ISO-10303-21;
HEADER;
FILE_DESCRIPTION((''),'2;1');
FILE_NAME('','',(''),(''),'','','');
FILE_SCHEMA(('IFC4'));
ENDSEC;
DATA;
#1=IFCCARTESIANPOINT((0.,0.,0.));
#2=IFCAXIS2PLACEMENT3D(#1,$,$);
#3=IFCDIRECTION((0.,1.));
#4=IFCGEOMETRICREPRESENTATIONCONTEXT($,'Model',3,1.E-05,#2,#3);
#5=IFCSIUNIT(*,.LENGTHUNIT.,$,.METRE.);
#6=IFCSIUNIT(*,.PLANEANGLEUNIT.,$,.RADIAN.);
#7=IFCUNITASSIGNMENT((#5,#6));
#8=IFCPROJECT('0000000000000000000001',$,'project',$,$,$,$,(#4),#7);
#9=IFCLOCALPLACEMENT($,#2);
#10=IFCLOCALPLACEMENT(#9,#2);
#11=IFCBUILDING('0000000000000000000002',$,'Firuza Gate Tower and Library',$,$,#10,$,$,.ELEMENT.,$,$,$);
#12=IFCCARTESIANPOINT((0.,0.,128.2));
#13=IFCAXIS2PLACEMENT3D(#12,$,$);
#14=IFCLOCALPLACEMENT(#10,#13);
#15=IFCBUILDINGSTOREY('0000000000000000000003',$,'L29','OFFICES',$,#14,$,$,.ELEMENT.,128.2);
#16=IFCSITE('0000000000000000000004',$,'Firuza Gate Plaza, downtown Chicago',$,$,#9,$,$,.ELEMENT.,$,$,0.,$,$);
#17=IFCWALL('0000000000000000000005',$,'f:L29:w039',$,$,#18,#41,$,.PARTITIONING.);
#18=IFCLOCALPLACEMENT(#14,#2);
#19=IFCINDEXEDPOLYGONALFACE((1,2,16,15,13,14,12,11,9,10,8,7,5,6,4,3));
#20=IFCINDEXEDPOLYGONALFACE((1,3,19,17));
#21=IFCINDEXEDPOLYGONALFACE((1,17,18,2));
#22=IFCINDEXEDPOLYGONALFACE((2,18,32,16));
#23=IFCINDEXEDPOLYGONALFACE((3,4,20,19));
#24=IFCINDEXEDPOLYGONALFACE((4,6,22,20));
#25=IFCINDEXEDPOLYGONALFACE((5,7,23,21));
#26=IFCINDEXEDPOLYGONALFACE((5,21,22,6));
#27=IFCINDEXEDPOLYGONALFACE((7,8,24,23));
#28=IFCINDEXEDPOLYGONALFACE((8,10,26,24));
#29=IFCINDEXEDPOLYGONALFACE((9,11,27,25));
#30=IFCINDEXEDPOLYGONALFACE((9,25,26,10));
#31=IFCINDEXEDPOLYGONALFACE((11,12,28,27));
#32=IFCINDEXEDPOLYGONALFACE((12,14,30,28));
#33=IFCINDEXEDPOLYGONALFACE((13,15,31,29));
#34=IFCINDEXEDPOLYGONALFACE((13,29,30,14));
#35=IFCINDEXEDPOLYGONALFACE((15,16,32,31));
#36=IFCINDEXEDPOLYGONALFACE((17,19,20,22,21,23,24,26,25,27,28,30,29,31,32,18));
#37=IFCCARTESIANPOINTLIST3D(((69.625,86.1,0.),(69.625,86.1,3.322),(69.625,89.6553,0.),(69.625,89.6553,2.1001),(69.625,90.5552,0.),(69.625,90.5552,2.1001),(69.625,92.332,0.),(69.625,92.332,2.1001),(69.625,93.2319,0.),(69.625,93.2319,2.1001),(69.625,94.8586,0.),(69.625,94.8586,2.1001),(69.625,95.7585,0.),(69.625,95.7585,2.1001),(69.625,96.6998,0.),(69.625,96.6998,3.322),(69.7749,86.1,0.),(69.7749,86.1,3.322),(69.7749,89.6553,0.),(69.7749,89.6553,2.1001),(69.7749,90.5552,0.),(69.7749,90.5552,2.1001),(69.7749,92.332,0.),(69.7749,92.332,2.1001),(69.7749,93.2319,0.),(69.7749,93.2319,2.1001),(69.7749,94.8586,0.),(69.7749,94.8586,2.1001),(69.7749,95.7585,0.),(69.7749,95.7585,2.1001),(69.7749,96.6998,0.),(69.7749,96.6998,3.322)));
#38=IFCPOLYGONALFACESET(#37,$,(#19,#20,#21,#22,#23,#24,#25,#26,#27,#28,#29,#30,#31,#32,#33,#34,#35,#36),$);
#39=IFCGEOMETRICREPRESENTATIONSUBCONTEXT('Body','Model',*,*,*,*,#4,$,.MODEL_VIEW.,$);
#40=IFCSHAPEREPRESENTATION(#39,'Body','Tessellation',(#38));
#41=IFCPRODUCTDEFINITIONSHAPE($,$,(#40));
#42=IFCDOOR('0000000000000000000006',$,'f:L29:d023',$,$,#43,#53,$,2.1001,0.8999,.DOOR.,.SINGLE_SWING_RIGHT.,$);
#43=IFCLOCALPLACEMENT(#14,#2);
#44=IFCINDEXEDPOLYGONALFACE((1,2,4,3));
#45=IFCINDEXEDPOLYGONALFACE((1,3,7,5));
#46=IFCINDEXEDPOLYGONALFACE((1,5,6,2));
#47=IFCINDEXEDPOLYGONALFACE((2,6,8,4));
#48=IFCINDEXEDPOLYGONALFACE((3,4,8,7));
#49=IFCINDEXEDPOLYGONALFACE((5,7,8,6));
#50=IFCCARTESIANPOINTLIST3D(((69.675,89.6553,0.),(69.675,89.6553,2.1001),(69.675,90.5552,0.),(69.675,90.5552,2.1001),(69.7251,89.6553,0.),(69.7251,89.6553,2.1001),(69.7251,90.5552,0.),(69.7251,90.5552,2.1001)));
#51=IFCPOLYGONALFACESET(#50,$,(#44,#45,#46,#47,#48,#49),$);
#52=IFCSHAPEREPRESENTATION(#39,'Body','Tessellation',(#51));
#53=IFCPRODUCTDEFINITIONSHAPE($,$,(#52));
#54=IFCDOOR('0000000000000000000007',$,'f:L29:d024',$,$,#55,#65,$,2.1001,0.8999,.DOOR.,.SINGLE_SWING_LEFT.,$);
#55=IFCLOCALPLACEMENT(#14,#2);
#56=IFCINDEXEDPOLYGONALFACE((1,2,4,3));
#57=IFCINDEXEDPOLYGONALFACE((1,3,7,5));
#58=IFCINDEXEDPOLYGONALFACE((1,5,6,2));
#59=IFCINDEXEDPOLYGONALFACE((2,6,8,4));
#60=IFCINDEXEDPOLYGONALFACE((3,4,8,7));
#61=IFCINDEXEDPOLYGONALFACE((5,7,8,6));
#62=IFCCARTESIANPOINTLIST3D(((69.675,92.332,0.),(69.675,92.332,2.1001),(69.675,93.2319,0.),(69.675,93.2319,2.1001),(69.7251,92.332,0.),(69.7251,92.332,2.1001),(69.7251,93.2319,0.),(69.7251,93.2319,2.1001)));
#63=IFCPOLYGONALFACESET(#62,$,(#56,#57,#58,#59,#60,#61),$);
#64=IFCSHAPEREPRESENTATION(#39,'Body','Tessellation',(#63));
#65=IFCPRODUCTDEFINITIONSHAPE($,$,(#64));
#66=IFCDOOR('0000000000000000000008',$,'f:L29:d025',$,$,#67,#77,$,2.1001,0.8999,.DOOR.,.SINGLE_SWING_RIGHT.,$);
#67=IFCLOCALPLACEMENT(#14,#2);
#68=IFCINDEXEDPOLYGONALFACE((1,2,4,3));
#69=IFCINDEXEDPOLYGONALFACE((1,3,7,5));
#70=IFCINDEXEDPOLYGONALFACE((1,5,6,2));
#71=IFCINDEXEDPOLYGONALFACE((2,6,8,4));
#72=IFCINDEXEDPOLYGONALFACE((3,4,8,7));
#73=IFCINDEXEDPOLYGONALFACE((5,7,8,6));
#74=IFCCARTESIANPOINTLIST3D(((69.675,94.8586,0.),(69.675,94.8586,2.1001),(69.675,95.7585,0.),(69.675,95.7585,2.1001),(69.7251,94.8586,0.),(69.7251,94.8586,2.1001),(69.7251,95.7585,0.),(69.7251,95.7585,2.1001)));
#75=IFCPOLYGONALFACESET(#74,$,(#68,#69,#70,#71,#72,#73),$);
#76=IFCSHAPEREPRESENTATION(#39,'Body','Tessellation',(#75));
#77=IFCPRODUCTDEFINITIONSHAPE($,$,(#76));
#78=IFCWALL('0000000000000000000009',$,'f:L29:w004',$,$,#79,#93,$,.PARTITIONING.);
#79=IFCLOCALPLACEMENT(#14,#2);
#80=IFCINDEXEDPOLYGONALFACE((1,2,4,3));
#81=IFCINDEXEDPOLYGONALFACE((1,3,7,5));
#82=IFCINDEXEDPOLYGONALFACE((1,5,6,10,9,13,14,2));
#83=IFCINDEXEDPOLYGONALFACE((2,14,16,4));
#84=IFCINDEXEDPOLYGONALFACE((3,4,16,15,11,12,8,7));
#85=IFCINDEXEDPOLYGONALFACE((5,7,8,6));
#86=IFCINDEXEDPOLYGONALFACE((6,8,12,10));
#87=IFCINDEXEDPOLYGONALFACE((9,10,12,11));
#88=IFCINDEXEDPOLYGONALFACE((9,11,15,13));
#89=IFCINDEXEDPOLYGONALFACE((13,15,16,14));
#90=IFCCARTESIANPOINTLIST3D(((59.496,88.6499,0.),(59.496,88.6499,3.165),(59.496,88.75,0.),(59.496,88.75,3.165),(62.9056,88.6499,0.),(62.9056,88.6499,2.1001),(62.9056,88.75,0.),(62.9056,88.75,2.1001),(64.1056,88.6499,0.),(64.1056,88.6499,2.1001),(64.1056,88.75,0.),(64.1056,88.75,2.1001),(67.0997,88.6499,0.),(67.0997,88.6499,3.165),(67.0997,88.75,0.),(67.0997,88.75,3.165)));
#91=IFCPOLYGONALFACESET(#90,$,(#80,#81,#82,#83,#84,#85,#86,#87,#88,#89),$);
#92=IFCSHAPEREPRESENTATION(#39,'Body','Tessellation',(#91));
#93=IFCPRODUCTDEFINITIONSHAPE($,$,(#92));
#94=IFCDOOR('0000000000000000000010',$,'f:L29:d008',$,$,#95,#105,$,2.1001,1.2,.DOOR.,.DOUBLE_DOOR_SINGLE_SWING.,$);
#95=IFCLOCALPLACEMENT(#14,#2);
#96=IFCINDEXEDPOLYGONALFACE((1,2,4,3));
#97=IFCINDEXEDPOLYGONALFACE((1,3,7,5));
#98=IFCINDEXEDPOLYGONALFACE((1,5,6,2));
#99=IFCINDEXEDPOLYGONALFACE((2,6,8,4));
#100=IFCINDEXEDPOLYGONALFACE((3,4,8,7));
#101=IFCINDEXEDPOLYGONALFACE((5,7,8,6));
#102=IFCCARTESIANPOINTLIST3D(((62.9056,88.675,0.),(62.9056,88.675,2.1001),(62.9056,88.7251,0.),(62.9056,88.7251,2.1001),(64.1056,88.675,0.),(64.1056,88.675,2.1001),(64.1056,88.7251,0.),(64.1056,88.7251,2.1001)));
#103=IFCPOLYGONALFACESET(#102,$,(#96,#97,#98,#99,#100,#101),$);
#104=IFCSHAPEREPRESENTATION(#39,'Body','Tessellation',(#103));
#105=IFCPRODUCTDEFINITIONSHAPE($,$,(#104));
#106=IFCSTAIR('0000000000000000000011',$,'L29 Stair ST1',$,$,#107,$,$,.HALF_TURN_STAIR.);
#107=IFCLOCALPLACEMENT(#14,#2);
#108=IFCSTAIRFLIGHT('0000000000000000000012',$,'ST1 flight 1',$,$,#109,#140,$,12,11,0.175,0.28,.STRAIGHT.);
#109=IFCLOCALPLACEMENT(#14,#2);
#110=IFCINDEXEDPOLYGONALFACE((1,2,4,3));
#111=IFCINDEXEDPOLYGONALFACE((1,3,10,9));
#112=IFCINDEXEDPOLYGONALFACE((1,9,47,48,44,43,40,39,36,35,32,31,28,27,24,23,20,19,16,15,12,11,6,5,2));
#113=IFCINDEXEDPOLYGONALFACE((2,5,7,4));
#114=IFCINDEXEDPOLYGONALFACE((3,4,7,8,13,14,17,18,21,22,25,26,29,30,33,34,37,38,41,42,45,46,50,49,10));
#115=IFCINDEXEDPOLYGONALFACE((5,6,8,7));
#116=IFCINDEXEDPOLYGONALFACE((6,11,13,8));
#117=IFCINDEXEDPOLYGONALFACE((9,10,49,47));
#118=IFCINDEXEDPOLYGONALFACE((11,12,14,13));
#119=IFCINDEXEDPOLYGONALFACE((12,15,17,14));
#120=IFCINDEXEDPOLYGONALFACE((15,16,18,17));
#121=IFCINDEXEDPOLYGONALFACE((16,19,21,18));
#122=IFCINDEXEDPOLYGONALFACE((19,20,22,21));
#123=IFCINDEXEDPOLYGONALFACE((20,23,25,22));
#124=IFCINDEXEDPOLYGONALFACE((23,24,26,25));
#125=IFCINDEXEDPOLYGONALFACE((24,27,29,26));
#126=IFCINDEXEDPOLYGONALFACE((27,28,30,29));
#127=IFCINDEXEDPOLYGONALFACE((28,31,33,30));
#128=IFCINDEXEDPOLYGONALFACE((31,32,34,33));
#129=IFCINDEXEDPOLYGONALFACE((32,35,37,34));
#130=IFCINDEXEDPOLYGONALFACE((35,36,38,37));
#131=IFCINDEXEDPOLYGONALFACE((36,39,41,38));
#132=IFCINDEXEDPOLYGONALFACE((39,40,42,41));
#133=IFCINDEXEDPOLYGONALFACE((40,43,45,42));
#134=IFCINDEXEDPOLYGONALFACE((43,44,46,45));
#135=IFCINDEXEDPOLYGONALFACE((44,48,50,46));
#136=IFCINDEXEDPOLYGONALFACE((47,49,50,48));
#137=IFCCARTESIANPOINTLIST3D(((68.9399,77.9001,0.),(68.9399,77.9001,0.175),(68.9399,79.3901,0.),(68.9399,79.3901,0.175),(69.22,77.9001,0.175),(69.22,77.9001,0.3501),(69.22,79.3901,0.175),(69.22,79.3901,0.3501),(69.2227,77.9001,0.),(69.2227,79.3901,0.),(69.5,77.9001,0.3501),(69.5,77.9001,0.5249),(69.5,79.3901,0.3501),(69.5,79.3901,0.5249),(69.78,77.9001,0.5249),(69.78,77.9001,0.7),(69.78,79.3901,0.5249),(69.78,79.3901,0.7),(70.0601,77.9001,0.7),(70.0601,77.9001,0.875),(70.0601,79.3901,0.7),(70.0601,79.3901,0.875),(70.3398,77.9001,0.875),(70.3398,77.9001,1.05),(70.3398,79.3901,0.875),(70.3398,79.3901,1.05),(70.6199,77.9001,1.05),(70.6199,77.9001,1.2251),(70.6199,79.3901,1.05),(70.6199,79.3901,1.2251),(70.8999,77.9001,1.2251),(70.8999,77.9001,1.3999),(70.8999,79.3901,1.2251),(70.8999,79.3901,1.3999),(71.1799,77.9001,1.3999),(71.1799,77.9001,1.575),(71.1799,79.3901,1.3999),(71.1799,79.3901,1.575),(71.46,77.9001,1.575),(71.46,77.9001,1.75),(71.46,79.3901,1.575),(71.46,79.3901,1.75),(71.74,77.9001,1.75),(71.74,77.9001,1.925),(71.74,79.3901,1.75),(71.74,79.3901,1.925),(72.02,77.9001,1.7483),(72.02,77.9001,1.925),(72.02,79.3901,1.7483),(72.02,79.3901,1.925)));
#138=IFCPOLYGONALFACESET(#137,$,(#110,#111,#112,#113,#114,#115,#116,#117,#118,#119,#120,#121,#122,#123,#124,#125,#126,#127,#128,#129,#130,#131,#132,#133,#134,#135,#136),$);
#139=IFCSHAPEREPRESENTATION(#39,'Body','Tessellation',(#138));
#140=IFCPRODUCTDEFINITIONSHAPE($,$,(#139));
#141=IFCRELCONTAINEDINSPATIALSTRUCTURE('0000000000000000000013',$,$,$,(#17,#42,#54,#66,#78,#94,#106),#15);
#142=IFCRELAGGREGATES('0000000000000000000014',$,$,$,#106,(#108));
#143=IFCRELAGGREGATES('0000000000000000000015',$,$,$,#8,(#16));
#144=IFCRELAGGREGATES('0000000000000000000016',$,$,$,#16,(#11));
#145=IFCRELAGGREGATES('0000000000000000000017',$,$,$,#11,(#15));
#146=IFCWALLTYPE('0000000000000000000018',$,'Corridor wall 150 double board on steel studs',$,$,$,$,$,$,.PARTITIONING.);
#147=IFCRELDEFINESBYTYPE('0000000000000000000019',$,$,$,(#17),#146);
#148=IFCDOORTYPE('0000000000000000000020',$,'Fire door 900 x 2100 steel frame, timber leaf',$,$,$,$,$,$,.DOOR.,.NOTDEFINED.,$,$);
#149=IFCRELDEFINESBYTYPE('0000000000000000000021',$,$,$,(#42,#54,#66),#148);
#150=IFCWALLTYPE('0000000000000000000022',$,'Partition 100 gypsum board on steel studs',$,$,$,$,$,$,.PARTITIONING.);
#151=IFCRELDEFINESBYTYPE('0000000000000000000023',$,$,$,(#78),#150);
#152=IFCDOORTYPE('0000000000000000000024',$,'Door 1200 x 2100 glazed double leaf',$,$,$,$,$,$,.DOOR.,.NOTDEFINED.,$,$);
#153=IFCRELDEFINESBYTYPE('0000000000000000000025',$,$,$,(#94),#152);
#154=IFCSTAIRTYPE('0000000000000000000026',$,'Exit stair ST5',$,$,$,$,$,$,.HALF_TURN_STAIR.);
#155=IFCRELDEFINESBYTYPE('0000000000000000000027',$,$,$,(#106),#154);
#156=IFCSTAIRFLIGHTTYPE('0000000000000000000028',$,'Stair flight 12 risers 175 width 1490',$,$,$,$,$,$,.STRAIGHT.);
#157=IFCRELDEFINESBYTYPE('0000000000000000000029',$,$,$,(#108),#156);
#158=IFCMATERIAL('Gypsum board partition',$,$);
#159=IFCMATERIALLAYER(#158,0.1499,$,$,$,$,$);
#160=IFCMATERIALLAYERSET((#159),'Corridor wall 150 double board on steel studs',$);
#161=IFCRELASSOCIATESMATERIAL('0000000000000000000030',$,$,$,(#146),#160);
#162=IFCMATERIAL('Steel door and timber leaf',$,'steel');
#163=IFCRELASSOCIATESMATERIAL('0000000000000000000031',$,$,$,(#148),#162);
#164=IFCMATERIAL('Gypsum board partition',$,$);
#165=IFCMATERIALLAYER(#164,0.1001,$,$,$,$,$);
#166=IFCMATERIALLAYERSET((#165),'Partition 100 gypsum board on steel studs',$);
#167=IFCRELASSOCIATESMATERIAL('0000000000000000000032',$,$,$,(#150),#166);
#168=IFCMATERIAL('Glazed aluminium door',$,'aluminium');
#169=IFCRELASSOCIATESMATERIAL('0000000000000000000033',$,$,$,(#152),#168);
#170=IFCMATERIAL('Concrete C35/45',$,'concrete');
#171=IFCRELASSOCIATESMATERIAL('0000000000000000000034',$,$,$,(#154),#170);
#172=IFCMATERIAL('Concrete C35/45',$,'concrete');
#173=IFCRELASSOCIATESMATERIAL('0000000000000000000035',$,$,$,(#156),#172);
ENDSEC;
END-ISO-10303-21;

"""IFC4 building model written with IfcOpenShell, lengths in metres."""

from ifc_helpers import new_model, si_unit, direction, frame, frame_2d, origin, place, context, subcontext, project, spatial, polyline, rectangle, outline, extrude, material, layer, layer_set, type_object, element, fill, aggregate, save


model = new_model("IFC4")

# Units and contexts
model_context = context("Model", 3, precision=1e-05, world=origin(), true_north=direction((0.0, 1.0)))
body_context = subcontext(model_context, "Body", "Model", "MODEL_VIEW")
ifc_project = project(units=[si_unit("LENGTHUNIT", "METRE"), si_unit("PLANEANGLEUNIT", "RADIAN")], contexts=[model_context])

# Site, building, storey
site_placement = place(None, origin())
site = spatial("IfcSite", under=ifc_project, at=site_placement, Name="Firuza Gate Plaza, downtown Chicago", CompositionType="ELEMENT", RefElevation=0.0)
building_placement = place(site_placement, origin())
building = spatial("IfcBuilding", under=site, at=building_placement, Name="Firuza Gate Tower and Library", CompositionType="ELEMENT")
storey_placement = place(building_placement, frame((0.0, 0.0, 128.2)))
storey = spatial("IfcBuildingStorey", under=building, at=storey_placement, Name="L29", Description="OFFICES", CompositionType="ELEMENT", Elevation=128.2)

# Wall, openings, doors
ifc_material_1 = material(Name="Gypsum board partition")
ifc_layer_1 = layer(ifc_material_1, 0.1499)
ifc_layer_set_1 = layer_set([ifc_layer_1], Name="Corridor wall 150 double board on steel studs")
wall_type_1 = type_object("IfcWallType", Name="Corridor wall 150 double board on steel studs", PredefinedType="PARTITIONING", material=ifc_layer_set_1)
wall_1_placement = place(storey_placement, frame((69.7, 86.1001, 0.0), z_axis=(0.0, 0.0, 1.0), x_axis=(0.0, 1.0, 0.0)))
wall_1 = element("IfcWall", 1, at=wall_1_placement, inside=storey, type_object=wall_type_1, Name="f:L29:w039", PredefinedType="PARTITIONING", context=body_context, shape_type="SweptSolid", body=[
    extrude(rectangle(XDim=10.5999, YDim=0.1499, at=frame_2d((5.2998, 0.0))), origin(), (0.0, 0.0, 1.0), 3.322),
])
opening_1_placement = place(wall_1_placement, frame((3.5552, 0.0, 0.0)))
opening_1 = element("IfcOpeningElement", 2, at=opening_1_placement, cuts=wall_1, PredefinedType="OPENING", context=body_context, shape_type="SweptSolid", body=[
    extrude(rectangle(XDim=0.8999, YDim=2.1001, at=frame_2d((0.45, 1.05))), frame((0.0, 0.085, 0.0), z_axis=(0.0, -1.0, 0.0), x_axis=(1.0, 0.0, 0.0)), (0.0, 0.0, 1.0), 0.1699),
])
opening_2_placement = place(wall_1_placement, frame((6.2319, 0.0, 0.0)))
opening_2 = element("IfcOpeningElement", 3, at=opening_2_placement, cuts=wall_1, PredefinedType="OPENING", context=body_context, shape_type="SweptSolid", body=[
    extrude(rectangle(XDim=0.8999, YDim=2.1001, at=frame_2d((0.45, 1.05))), frame((0.0, 0.085, 0.0), z_axis=(0.0, -1.0, 0.0), x_axis=(1.0, 0.0, 0.0)), (0.0, 0.0, 1.0), 0.1699),
])
opening_3_placement = place(wall_1_placement, frame((8.7585, 0.0, 0.0)))
opening_3 = element("IfcOpeningElement", 4, at=opening_3_placement, cuts=wall_1, PredefinedType="OPENING", context=body_context, shape_type="SweptSolid", body=[
    extrude(rectangle(XDim=0.8999, YDim=2.1001, at=frame_2d((0.45, 1.05))), frame((0.0, 0.085, 0.0), z_axis=(0.0, -1.0, 0.0), x_axis=(1.0, 0.0, 0.0)), (0.0, 0.0, 1.0), 0.1699),
])
ifc_material_2 = material(Name="Steel door and timber leaf", Category="steel")
door_type_1 = type_object("IfcDoorType", Name="Fire door 900 x 2100 steel frame, timber leaf", OperationType="NOTDEFINED", PredefinedType="DOOR", material=ifc_material_2)
door_1_placement = place(opening_1_placement, origin())
door_1 = element("IfcDoor", 5, at=door_1_placement, inside=storey, type_object=door_type_1, Name="f:L29:d023", OperationType="SINGLE_SWING_RIGHT", OverallHeight=2.1001, OverallWidth=0.8999, PredefinedType="DOOR", context=body_context, shape_type="SweptSolid", body=[
    extrude(rectangle(XDim=0.8999, YDim=2.1001, at=frame_2d((0.45, 1.05))), frame((0.0, 0.0249, 0.0), z_axis=(0.0, -1.0, 0.0), x_axis=(1.0, 0.0, 0.0)), (0.0, 0.0, 1.0), 0.05),
])
fill(opening_1, door_1)
door_2_placement = place(opening_2_placement, origin())
door_2 = element("IfcDoor", 6, at=door_2_placement, inside=storey, type_object=door_type_1, Name="f:L29:d024", OperationType="SINGLE_SWING_LEFT", OverallHeight=2.1001, OverallWidth=0.8999, PredefinedType="DOOR", context=body_context, shape_type="SweptSolid", body=[
    extrude(rectangle(XDim=0.8999, YDim=2.1001, at=frame_2d((0.45, 1.05))), frame((0.0, 0.0249, 0.0), z_axis=(0.0, -1.0, 0.0), x_axis=(1.0, 0.0, 0.0)), (0.0, 0.0, 1.0), 0.05),
])
fill(opening_2, door_2)
door_3_placement = place(opening_3_placement, origin())
door_3 = element("IfcDoor", 7, at=door_3_placement, inside=storey, type_object=door_type_1, Name="f:L29:d025", OperationType="SINGLE_SWING_RIGHT", OverallHeight=2.1001, OverallWidth=0.8999, PredefinedType="DOOR", context=body_context, shape_type="SweptSolid", body=[
    extrude(rectangle(XDim=0.8999, YDim=2.1001, at=frame_2d((0.45, 1.05))), frame((0.0, 0.0249, 0.0), z_axis=(0.0, -1.0, 0.0), x_axis=(1.0, 0.0, 0.0)), (0.0, 0.0, 1.0), 0.05),
])
fill(opening_3, door_3)

# Wall, opening, door
ifc_material_3 = material(Name="Gypsum board partition")
ifc_layer_2 = layer(ifc_material_3, 0.1001)
ifc_layer_set_2 = layer_set([ifc_layer_2], Name="Partition 100 gypsum board on steel studs")
wall_type_2 = type_object("IfcWallType", Name="Partition 100 gypsum board on steel studs", PredefinedType="PARTITIONING", material=ifc_layer_set_2)
wall_2_placement = place(storey_placement, frame((67.0996, 88.7, 0.0), z_axis=(0.0, 0.0, 1.0), x_axis=(-1.0, 0.0, 0.0)))
wall_2 = element("IfcWall", 8, at=wall_2_placement, inside=storey, type_object=wall_type_2, Name="f:L29:w004", PredefinedType="PARTITIONING", context=body_context, shape_type="SweptSolid", body=[
    extrude(rectangle(XDim=7.6038, YDim=0.1001, at=frame_2d((3.8018, 0.0))), origin(), (0.0, 0.0, 1.0), 3.165),
])
opening_4_placement = place(wall_2_placement, frame((2.9939, 0.0, 0.0)))
opening_4 = element("IfcOpeningElement", 9, at=opening_4_placement, cuts=wall_2, PredefinedType="OPENING", context=body_context, shape_type="SweptSolid", body=[
    extrude(rectangle(XDim=1.2, YDim=2.1001, at=frame_2d((0.6001, 1.05))), frame((0.0, 0.0601, 0.0), z_axis=(0.0, -1.0, 0.0), x_axis=(1.0, 0.0, 0.0)), (0.0, 0.0, 1.0), 0.1201),
])
ifc_material_4 = material(Name="Glazed aluminium door", Category="aluminium")
door_type_2 = type_object("IfcDoorType", Name="Door 1200 x 2100 glazed double leaf", OperationType="NOTDEFINED", PredefinedType="DOOR", material=ifc_material_4)
door_4_placement = place(opening_4_placement, origin())
door_4 = element("IfcDoor", 10, at=door_4_placement, inside=storey, type_object=door_type_2, Name="f:L29:d008", OperationType="DOUBLE_DOOR_SINGLE_SWING", OverallHeight=2.1001, OverallWidth=1.2, PredefinedType="DOOR", context=body_context, shape_type="SweptSolid", body=[
    extrude(rectangle(XDim=1.2, YDim=2.1001, at=frame_2d((0.6001, 1.05))), frame((0.0, 0.0249, 0.0), z_axis=(0.0, -1.0, 0.0), x_axis=(1.0, 0.0, 0.0)), (0.0, 0.0, 1.0), 0.05),
])
fill(opening_4, door_4)

# Stair, stair flight
ifc_material_5 = material(Name="Concrete C35/45", Category="concrete")
stair_type = type_object("IfcStairType", Name="Exit stair ST5", PredefinedType="HALF_TURN_STAIR", material=ifc_material_5)
stair_placement = place(storey_placement, origin())
stair = element("IfcStair", 11, at=stair_placement, inside=storey, type_object=stair_type, Name="L29 Stair ST1", PredefinedType="HALF_TURN_STAIR")
ifc_material_6 = material(Name="Concrete C35/45", Category="concrete")
stair_flight_type = type_object("IfcStairFlightType", Name="Stair flight 12 risers 175 width 1490", PredefinedType="STRAIGHT", material=ifc_material_6)
stair_flight_1_placement = place(storey_placement, frame((68.9399, 78.645, 0.0), z_axis=(0.0, 0.0, 1.0), x_axis=(1.0, 0.0, 0.0)))
stair_flight_1 = element("IfcStairFlight", 12, at=stair_flight_1_placement, type_object=stair_flight_type, Name="ST1 flight 1", NumberOfRisers=12, NumberOfTreads=11, PredefinedType="STRAIGHT", RiserHeight=0.175, TreadLength=0.28, context=body_context, shape_type="SweptSolid", body=[
    extrude(outline(polyline([(0.0, 0.0), (0.0, 0.175), (0.28, 0.175), (0.28, 0.3501), (0.5601, 0.3501), (0.5601, 0.5249), (0.8401, 0.5249), (0.8401, 0.7), (1.1201, 0.7), (1.1201, 0.875), (1.3999, 0.875), (1.3999, 1.05), (1.6799, 1.05), (1.6799, 1.2251), (1.96, 1.2251), (1.96, 1.3999), (2.24, 1.3999), (2.24, 1.575), (2.52, 1.575), (2.52, 1.75), (2.8, 1.75), (2.8, 1.925), (3.0801, 1.925), (3.0801, 2.1001), (3.0801, 1.7483), (0.2827, 0.0), (0.0, 0.0)])), frame((0.0, 0.7451, 0.0), z_axis=(0.0, -1.0, 0.0), x_axis=(1.0, 0.0, 0.0)), (0.0, 0.0, 1.0), 1.49),
])
aggregate(stair, [stair_flight_1])

save(model, "model.ifc")
